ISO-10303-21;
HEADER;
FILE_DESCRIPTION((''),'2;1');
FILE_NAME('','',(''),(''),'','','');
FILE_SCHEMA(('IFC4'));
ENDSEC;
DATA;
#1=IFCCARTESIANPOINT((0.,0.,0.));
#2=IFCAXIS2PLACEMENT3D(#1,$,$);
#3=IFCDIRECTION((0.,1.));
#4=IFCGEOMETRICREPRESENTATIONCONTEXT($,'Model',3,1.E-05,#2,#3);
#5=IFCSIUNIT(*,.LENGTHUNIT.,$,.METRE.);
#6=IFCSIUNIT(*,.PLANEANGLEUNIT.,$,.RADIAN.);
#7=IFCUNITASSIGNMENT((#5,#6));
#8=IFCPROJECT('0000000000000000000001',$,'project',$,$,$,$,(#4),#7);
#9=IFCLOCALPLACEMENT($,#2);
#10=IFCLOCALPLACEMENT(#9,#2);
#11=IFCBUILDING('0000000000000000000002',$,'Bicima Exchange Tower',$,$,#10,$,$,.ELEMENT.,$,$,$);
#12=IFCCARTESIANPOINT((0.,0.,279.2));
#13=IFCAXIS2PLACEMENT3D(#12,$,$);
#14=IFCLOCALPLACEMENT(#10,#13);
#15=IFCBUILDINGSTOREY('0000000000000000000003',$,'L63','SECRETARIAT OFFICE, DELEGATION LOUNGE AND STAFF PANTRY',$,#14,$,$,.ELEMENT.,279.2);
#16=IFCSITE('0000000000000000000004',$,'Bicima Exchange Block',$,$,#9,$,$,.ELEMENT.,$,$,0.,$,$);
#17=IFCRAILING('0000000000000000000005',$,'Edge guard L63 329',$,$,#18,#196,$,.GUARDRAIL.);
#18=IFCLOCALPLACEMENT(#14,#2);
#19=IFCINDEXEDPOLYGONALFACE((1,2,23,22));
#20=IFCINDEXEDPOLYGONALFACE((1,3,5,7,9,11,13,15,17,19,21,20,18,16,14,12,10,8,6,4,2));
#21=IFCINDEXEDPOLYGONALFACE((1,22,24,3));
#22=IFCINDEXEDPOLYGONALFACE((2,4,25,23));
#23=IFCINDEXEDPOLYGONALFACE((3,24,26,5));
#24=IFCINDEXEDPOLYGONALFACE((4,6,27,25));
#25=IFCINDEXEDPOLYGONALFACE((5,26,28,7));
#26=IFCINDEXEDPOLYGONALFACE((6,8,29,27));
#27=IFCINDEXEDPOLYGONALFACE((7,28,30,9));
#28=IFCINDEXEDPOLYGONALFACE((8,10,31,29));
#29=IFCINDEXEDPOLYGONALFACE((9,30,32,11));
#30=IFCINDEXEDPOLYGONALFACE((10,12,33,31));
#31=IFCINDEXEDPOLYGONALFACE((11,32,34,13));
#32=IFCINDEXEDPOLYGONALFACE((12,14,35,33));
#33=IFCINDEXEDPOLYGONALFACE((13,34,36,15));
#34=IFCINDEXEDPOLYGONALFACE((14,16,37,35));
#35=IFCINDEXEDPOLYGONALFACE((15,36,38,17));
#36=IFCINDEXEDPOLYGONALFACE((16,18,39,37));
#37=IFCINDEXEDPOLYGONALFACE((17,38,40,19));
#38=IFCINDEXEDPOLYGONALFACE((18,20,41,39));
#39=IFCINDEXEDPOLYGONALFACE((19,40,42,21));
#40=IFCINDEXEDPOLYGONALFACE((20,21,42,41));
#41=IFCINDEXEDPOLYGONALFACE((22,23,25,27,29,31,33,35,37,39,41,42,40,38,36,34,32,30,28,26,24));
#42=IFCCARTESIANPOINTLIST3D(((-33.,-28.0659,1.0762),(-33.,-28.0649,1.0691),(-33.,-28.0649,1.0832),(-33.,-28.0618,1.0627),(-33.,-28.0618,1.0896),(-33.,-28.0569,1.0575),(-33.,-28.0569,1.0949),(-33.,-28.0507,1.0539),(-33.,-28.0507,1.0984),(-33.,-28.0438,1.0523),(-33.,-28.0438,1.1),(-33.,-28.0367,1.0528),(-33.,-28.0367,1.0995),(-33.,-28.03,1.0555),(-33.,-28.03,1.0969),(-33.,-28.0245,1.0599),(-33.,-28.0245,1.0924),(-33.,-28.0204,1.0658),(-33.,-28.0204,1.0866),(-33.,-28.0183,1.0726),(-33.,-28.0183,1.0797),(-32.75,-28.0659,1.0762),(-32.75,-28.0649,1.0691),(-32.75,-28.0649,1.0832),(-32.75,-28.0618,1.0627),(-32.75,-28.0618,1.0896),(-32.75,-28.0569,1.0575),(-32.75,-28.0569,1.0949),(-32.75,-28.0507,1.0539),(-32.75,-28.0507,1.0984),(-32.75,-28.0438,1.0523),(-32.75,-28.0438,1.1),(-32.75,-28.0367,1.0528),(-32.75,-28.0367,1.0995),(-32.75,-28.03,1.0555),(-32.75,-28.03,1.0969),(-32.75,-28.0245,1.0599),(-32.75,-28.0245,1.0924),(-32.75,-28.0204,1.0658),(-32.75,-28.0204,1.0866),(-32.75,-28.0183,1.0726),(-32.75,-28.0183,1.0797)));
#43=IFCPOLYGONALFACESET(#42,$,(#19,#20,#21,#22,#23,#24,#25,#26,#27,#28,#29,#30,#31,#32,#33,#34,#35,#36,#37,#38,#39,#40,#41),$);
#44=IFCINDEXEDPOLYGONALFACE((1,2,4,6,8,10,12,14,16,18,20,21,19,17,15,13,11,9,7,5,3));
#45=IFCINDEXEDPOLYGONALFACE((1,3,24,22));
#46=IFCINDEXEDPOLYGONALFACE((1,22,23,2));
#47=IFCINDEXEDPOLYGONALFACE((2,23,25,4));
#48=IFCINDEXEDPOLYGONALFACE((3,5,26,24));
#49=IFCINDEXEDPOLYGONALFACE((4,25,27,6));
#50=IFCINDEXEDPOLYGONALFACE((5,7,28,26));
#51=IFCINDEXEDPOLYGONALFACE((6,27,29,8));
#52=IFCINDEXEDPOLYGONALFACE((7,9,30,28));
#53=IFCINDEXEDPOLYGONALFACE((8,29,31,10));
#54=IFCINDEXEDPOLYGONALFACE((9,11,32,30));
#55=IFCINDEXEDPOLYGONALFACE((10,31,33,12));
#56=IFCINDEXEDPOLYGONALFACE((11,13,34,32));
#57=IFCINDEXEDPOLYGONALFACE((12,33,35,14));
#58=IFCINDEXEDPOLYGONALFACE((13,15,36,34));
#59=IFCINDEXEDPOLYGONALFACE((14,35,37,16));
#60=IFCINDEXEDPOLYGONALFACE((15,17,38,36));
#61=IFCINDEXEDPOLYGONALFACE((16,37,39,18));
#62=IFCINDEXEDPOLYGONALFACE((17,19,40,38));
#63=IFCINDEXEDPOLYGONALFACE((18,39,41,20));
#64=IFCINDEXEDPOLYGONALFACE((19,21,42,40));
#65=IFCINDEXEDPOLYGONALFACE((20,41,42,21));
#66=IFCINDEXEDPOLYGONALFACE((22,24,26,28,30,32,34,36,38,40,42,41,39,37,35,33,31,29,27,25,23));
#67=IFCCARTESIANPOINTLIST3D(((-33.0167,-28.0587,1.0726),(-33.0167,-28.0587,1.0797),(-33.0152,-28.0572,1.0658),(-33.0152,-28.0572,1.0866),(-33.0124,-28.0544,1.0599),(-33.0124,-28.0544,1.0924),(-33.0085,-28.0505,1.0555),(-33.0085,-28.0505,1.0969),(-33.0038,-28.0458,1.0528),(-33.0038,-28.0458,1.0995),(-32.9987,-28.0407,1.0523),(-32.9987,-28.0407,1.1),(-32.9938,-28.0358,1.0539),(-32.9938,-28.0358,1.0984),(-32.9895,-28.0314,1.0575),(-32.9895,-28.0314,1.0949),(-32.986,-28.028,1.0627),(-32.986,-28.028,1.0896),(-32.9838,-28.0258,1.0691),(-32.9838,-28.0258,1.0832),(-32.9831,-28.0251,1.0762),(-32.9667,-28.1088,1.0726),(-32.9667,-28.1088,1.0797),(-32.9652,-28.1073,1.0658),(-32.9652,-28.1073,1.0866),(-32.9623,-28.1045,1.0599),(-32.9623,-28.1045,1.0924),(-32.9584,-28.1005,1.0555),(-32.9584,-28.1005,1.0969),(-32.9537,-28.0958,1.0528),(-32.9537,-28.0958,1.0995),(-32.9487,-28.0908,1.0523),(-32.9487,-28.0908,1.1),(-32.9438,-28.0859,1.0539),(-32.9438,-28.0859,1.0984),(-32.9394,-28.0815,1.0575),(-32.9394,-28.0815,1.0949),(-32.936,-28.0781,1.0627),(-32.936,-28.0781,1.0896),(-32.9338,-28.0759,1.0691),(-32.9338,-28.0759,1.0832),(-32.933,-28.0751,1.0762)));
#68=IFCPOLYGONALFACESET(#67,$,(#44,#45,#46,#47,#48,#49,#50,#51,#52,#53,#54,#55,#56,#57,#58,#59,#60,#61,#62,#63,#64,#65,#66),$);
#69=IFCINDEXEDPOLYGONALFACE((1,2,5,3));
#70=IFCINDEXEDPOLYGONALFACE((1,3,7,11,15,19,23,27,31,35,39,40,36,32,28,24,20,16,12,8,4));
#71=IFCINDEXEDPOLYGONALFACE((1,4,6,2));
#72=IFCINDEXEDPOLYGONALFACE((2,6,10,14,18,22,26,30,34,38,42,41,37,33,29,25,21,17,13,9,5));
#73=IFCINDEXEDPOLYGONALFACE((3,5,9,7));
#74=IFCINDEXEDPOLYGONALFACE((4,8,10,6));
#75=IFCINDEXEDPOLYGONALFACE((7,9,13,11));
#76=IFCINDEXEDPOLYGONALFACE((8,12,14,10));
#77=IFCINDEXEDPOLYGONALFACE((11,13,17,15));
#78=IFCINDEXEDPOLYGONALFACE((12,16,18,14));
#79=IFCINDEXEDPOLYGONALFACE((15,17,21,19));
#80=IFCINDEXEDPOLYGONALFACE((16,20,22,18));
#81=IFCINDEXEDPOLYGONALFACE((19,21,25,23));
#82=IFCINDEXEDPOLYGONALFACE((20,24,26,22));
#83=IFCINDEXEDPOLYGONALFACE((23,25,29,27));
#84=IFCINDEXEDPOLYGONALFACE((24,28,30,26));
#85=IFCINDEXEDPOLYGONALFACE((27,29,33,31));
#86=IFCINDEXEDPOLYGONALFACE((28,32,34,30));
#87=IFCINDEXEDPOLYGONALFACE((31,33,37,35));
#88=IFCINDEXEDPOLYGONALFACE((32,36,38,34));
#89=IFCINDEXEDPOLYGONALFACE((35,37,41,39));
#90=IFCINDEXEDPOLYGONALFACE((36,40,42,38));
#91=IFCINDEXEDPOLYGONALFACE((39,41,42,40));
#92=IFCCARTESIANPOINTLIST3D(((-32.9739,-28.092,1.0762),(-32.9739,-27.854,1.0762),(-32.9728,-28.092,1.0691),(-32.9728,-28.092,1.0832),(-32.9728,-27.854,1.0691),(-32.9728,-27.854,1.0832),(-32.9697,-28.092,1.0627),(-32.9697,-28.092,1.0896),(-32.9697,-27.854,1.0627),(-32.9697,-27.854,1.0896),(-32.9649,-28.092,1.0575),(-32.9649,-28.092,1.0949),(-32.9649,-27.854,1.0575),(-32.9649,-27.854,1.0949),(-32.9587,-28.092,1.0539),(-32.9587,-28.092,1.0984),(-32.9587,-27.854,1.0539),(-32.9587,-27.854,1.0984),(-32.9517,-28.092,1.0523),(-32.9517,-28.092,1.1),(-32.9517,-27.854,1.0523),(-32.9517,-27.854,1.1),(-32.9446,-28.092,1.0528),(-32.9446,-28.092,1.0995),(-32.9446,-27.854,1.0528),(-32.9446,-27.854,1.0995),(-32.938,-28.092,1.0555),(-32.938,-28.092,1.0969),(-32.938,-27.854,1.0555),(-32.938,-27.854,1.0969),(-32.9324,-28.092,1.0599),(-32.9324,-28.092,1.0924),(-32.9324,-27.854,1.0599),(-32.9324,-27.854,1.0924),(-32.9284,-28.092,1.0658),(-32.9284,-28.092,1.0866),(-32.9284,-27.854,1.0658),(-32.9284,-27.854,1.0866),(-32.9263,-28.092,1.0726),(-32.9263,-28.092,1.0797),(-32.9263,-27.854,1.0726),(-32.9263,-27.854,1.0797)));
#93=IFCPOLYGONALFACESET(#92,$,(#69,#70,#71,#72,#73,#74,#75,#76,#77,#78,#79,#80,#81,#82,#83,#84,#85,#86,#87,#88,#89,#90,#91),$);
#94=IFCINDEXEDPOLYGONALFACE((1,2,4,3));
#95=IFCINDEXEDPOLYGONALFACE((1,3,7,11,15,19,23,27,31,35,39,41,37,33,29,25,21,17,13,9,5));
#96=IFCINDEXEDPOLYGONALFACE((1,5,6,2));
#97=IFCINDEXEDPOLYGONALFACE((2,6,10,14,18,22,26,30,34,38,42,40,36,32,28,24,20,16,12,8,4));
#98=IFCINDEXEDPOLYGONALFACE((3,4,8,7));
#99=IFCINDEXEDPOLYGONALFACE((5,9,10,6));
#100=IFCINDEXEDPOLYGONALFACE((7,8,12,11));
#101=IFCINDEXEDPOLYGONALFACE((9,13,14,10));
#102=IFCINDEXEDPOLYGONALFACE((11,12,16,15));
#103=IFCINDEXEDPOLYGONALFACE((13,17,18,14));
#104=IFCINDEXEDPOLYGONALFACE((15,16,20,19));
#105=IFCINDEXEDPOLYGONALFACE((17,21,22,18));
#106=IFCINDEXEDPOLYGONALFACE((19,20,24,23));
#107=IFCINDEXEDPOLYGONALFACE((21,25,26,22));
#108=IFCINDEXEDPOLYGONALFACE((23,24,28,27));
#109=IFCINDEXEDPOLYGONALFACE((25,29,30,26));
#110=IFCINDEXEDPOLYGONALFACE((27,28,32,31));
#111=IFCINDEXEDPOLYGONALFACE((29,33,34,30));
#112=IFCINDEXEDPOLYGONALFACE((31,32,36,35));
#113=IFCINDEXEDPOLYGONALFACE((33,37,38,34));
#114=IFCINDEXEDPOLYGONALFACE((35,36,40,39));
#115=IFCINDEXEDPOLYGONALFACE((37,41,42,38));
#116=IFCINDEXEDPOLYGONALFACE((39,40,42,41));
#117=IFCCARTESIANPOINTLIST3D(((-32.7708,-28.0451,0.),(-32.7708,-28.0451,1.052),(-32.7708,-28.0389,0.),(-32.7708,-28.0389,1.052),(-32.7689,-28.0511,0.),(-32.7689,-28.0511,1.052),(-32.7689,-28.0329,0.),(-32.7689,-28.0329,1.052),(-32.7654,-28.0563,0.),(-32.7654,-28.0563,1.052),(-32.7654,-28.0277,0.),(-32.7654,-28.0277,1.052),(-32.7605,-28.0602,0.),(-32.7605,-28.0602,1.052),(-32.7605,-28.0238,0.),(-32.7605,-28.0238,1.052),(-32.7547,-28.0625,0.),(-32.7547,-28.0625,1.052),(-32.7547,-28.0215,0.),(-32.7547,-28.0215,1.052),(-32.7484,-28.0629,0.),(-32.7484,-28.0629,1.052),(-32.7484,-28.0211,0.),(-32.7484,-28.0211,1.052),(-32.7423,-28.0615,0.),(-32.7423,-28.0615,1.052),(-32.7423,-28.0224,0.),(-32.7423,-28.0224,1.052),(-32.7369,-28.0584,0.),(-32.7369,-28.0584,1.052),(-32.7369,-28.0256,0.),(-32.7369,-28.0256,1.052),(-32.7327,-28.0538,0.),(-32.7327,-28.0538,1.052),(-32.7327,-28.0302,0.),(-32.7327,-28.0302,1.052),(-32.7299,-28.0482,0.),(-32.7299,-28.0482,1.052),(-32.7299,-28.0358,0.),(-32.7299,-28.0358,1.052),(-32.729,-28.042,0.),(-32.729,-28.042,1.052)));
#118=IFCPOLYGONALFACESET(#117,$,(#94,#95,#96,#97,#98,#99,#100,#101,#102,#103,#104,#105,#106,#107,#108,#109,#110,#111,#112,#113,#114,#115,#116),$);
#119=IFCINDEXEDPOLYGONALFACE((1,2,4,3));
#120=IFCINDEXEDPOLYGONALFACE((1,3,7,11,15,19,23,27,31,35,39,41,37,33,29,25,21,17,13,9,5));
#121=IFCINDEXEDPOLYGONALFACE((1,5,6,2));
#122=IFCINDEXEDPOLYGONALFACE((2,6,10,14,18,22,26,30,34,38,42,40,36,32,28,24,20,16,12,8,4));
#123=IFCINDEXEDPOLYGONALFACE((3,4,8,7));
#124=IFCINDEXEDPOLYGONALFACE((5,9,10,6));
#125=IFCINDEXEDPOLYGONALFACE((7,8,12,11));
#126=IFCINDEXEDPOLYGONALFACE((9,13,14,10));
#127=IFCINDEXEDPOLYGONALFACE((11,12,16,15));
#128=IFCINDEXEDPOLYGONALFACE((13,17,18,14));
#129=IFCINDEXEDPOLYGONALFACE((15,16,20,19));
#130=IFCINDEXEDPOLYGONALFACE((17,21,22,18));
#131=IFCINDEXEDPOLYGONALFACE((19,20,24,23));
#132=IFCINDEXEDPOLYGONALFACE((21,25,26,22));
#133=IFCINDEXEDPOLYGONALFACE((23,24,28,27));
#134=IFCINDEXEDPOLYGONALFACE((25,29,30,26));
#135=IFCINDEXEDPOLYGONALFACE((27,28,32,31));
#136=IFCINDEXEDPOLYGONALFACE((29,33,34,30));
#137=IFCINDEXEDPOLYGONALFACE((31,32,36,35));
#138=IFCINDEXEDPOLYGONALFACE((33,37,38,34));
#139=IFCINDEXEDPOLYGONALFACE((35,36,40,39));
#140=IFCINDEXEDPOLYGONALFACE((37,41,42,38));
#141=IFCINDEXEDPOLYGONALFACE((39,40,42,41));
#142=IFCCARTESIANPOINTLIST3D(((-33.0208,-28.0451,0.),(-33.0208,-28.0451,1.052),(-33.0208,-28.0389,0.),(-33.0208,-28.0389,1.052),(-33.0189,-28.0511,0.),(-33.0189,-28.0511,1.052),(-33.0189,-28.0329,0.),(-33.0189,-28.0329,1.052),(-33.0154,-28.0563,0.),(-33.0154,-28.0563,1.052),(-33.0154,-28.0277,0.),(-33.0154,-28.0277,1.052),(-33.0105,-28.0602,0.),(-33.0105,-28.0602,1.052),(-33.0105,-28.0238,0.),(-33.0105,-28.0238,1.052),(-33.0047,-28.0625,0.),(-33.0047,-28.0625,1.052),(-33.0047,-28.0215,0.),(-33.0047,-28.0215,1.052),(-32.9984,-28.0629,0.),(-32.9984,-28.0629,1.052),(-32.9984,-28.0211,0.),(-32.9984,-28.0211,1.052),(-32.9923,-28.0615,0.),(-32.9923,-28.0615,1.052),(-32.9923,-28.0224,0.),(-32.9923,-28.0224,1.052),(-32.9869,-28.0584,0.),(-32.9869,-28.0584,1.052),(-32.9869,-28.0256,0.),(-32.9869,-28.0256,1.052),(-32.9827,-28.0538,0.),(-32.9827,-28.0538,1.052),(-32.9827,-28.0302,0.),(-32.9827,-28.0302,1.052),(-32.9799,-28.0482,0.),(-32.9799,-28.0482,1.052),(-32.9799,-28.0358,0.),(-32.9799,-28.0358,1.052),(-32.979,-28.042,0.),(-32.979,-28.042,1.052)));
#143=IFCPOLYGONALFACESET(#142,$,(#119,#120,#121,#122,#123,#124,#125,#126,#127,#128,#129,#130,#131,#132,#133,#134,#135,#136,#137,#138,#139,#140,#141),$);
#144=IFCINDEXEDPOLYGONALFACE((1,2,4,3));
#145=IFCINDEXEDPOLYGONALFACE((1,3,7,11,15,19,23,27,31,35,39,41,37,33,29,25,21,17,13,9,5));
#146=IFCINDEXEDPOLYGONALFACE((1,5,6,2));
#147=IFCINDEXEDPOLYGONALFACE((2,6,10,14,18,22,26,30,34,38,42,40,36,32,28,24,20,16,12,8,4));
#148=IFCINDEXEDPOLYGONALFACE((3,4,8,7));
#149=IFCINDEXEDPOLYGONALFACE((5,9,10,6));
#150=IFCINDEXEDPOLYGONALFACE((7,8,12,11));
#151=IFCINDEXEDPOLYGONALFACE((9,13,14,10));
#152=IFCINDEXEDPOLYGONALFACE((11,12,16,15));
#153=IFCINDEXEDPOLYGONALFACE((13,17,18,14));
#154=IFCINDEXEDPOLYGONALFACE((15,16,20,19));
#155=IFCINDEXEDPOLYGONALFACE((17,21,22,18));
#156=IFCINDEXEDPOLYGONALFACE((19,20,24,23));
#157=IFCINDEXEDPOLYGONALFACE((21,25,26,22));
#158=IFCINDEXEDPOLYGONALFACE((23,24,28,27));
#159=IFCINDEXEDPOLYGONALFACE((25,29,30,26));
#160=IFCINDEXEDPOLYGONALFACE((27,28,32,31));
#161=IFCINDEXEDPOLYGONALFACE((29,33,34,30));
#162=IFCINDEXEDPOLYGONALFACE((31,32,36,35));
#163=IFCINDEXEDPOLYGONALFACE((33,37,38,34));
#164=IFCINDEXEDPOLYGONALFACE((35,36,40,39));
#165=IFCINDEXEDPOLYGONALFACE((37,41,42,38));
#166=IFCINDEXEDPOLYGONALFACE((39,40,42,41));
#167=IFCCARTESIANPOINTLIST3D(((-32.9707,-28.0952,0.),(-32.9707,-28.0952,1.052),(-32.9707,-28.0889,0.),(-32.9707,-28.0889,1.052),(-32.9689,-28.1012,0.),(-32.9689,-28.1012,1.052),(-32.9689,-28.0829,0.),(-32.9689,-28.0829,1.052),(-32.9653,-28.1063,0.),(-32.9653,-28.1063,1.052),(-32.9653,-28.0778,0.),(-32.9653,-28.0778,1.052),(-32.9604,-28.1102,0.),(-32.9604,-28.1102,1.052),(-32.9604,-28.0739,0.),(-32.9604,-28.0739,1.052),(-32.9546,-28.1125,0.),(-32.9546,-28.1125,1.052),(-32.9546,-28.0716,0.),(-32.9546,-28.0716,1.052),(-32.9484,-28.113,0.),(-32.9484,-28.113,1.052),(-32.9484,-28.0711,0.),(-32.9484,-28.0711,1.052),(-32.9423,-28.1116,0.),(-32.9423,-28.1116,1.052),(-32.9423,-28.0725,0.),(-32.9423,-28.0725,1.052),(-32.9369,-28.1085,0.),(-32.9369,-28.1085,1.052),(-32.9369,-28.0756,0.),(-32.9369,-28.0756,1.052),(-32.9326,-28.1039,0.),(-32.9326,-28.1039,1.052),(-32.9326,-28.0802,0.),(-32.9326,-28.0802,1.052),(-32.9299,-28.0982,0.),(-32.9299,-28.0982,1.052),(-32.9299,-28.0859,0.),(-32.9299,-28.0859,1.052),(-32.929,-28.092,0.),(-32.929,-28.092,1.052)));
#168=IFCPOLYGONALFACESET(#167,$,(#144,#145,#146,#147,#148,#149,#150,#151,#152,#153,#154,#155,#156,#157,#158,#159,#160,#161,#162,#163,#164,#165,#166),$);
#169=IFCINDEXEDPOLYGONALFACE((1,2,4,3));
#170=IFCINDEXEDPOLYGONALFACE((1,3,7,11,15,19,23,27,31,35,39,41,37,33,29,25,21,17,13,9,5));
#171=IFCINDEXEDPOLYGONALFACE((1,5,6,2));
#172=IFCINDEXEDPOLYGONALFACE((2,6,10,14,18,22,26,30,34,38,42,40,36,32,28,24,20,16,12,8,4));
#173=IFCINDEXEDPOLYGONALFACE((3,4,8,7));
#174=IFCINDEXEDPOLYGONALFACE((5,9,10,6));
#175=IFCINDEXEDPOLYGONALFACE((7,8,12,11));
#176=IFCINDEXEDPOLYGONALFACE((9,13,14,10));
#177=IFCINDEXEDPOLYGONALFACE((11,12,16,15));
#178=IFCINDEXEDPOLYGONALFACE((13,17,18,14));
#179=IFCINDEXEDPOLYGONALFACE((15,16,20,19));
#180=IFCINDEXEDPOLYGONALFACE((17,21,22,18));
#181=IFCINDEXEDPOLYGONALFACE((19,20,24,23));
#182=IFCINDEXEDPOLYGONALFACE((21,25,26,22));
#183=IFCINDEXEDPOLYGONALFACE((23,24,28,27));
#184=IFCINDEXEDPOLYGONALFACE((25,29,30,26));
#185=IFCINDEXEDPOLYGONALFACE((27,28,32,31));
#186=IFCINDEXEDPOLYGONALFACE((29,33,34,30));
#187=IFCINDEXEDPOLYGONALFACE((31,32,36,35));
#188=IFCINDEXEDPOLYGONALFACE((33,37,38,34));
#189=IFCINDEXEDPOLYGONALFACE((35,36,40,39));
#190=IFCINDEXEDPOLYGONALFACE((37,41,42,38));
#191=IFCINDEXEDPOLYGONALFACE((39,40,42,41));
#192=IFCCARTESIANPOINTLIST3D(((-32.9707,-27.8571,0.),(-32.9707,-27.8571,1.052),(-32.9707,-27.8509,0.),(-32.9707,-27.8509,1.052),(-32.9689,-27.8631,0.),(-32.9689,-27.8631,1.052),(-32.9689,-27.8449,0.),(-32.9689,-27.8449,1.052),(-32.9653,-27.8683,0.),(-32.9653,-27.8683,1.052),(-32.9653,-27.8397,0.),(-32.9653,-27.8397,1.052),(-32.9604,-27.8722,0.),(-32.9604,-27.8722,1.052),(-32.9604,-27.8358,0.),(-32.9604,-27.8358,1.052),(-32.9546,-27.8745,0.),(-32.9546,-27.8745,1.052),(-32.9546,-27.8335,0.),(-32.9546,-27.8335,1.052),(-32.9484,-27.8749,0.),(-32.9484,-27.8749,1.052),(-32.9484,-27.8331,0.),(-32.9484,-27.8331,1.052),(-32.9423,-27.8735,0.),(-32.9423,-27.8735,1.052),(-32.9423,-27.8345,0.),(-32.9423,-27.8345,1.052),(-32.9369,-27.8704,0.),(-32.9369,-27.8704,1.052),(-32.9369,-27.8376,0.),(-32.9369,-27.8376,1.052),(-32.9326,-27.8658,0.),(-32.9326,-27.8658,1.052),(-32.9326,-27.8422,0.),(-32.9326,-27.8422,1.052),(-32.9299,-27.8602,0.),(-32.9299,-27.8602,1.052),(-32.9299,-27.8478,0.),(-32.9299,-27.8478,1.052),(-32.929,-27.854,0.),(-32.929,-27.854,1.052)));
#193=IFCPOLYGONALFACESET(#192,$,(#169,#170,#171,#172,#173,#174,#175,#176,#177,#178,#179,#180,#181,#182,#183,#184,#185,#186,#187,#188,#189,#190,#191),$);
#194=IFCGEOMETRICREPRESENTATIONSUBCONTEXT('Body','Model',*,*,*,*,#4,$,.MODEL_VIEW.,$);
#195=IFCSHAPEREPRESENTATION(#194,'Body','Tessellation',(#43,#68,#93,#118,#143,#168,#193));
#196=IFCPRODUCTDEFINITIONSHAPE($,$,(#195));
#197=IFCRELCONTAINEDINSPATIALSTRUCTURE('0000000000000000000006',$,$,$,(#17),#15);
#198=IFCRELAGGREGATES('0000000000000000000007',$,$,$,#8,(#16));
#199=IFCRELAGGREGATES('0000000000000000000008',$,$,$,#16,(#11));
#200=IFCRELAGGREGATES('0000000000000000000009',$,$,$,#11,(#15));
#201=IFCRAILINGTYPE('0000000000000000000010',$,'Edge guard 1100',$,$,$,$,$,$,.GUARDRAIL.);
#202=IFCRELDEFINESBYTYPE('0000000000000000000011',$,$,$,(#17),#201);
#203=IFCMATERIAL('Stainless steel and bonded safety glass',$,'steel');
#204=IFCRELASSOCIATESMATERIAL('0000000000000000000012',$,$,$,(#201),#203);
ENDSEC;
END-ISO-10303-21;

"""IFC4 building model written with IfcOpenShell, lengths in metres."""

from ifc_helpers import new_model, si_unit, direction, frame, origin, origin_2d, place, context, subcontext, project, spatial, circle, extrude, material, type_object, element, save


model = new_model("IFC4")

# Units and contexts
model_context = context("Model", 3, precision=1e-05, world=origin(), true_north=direction((0.0, 1.0)))
body_context = subcontext(model_context, "Body", "Model", "MODEL_VIEW")
ifc_project = project(units=[si_unit("LENGTHUNIT", "METRE"), si_unit("PLANEANGLEUNIT", "RADIAN")], contexts=[model_context])

# Site, building, storey
site_placement = place(None, origin())
site = spatial("IfcSite", under=ifc_project, at=site_placement, Name="Bicima Exchange Block", CompositionType="ELEMENT", RefElevation=0.0)
building_placement = place(site_placement, origin())
building = spatial("IfcBuilding", under=site, at=building_placement, Name="Bicima Exchange Tower", CompositionType="ELEMENT")
storey_placement = place(building_placement, frame((0.0, 0.0, 279.2)))
storey = spatial("IfcBuildingStorey", under=building, at=storey_placement, Name="L63", Description="SECRETARIAT OFFICE, DELEGATION LOUNGE AND STAFF PANTRY", CompositionType="ELEMENT", Elevation=279.2)

# Railing
ifc_material_1 = material(Name="Stainless steel and bonded safety glass", Category="steel")
railing_type = type_object("IfcRailingType", Name="Edge guard 1100", PredefinedType="GUARDRAIL", material=ifc_material_1)
railing_1_placement = place(storey_placement, frame((-32.75, -28.042, 0.0)))
element("IfcRailing", 1, at=railing_1_placement, inside=storey, type_object=railing_type, Name="Edge guard L63 329", PredefinedType="GUARDRAIL", context=body_context, shape_type="SweptSolid", body=[
    extrude(circle(Radius=0.0239, at=origin_2d()), frame((0.0, 0.0, 1.0762), z_axis=(-1.0, 0.0, 0.0), x_axis=(0.0, -1.0, 0.0)), (0.0, 0.0, 1.0), 0.25),
    extrude(circle(Radius=0.0239, at=origin_2d()), frame((-0.25, 0.0, 1.0762), z_axis=(0.707107, -0.707107, 0.0), x_axis=(0.707107, 0.707107, 0.0)), (0.0, 0.0, 1.0), 0.0708),
    extrude(circle(Radius=0.0239, at=origin_2d()), frame((-0.2, -0.05, 1.0762), z_axis=(0.0, 1.0, 0.0), x_axis=(-1.0, 0.0, 0.0)), (0.0, 0.0, 1.0), 0.238),
    extrude(circle(Radius=0.021, at=origin_2d()), origin(), (0.0, 0.0, 1.0), 1.052),
    extrude(circle(Radius=0.021, at=origin_2d()), frame((-0.25, 0.0, 0.0)), (0.0, 0.0, 1.0), 1.052),
    extrude(circle(Radius=0.021, at=origin_2d()), frame((-0.2, -0.05, 0.0)), (0.0, 0.0, 1.0), 1.052),
    extrude(circle(Radius=0.021, at=origin_2d()), frame((-0.2, 0.188, 0.0)), (0.0, 0.0, 1.0), 1.052),
])

save(model, "model.ifc")
